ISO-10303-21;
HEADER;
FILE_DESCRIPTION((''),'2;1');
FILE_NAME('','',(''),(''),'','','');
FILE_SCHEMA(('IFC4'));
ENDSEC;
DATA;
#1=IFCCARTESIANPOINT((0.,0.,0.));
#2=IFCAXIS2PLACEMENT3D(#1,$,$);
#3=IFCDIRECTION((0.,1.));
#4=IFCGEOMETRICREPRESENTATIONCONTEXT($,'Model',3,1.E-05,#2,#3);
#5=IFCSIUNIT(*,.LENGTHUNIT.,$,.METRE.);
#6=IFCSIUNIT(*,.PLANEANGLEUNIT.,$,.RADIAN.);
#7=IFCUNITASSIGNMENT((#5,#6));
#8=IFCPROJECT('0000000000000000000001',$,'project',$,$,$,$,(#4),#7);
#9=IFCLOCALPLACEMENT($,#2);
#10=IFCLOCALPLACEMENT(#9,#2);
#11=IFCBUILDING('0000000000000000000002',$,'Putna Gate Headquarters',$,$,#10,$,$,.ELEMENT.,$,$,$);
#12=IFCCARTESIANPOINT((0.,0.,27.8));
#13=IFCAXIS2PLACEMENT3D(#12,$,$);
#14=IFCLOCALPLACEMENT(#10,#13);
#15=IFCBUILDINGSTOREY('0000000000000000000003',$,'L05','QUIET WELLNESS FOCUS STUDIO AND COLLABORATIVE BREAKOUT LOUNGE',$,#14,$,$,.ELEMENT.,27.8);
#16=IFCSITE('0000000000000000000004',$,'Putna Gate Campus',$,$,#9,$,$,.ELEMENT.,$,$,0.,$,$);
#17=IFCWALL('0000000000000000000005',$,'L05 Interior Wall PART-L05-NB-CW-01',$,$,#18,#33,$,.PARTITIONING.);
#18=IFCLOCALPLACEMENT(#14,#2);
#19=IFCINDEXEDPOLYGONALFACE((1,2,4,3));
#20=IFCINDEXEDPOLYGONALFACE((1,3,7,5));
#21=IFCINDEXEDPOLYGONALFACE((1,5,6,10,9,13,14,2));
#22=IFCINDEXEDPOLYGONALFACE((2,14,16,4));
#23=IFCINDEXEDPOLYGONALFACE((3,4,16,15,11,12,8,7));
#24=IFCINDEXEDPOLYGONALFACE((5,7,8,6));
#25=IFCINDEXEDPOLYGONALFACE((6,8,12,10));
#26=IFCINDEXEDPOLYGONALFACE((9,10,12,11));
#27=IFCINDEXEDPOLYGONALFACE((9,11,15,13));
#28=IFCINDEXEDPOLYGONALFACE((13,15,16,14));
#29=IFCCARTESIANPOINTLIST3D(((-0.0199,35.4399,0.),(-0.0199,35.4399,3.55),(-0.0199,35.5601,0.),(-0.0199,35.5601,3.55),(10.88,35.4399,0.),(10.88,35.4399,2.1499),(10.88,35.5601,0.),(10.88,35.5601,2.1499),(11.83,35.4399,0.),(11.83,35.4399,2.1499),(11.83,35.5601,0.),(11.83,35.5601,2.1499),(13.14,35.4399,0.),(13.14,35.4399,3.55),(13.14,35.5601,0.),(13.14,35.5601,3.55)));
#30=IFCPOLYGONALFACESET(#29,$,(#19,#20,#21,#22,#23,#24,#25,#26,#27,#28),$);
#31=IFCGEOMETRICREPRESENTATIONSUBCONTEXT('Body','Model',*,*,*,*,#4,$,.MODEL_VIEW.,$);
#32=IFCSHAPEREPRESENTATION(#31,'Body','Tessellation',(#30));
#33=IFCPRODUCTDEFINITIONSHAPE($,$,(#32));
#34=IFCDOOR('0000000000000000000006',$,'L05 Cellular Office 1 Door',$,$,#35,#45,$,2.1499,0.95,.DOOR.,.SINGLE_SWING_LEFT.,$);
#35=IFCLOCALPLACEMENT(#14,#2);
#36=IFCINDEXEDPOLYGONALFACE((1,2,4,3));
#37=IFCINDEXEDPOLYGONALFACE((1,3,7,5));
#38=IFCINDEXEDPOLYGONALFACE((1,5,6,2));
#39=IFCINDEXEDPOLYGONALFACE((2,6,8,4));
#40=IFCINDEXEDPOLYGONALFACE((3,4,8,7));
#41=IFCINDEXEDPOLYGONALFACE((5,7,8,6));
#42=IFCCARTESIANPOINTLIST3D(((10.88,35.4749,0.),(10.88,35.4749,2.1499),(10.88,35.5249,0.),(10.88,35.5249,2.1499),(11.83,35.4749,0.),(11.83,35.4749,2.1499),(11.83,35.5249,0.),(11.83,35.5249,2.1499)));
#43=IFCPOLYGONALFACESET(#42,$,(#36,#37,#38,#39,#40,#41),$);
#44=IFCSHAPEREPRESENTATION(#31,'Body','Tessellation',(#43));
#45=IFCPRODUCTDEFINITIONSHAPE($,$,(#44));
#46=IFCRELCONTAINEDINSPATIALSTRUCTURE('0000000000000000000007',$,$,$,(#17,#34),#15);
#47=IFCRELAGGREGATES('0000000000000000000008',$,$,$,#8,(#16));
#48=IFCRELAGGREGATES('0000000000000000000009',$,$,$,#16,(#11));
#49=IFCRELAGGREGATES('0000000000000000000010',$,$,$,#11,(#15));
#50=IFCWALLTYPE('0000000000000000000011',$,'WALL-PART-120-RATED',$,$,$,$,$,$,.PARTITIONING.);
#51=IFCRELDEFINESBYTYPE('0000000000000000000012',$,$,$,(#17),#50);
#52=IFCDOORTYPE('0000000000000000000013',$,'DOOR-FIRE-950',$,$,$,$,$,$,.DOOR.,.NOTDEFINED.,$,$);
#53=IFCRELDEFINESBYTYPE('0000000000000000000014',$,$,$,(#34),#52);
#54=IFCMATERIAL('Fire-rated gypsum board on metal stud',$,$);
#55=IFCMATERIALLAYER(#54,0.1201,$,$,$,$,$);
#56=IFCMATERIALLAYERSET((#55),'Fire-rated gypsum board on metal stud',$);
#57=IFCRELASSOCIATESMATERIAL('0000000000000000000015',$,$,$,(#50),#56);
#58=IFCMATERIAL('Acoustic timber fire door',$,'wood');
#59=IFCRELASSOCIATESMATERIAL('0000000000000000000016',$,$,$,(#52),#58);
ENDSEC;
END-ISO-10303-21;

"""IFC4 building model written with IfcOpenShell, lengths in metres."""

from ifc_helpers import new_model, si_unit, direction, frame, frame_2d, origin, place, context, subcontext, project, spatial, rectangle, extrude, material, layer, layer_set, type_object, element, fill, save


model = new_model("IFC4")

# Units and contexts
model_context = context("Model", 3, precision=1e-05, world=origin(), true_north=direction((0.0, 1.0)))
body_context = subcontext(model_context, "Body", "Model", "MODEL_VIEW")
ifc_project = project(units=[si_unit("LENGTHUNIT", "METRE"), si_unit("PLANEANGLEUNIT", "RADIAN")], contexts=[model_context])

# Site, building, storey
site_placement = place(None, origin())
site = spatial("IfcSite", under=ifc_project, at=site_placement, Name="Putna Gate Campus", CompositionType="ELEMENT", RefElevation=0.0)
building_placement = place(site_placement, origin())
building = spatial("IfcBuilding", under=site, at=building_placement, Name="Putna Gate Headquarters", CompositionType="ELEMENT")
storey_placement = place(building_placement, frame((0.0, 0.0, 27.8)))
storey = spatial("IfcBuildingStorey", under=building, at=storey_placement, Name="L05", Description="QUIET WELLNESS FOCUS STUDIO AND COLLABORATIVE BREAKOUT LOUNGE", CompositionType="ELEMENT", Elevation=27.8)

# Shared definitions
ifc_material_1 = material(Name="Fire-rated gypsum board on metal stud")
ifc_layer_1 = layer(ifc_material_1, 0.1201)
ifc_layer_set_1 = layer_set([ifc_layer_1], Name="Fire-rated gypsum board on metal stud")
wall_type_1 = type_object("IfcWallType", Name="WALL-PART-120-RATED", PredefinedType="PARTITIONING", material=ifc_layer_set_1)
ifc_material_2 = material(Name="Acoustic timber fire door", Category="wood")
door_type_1 = type_object("IfcDoorType", Name="DOOR-FIRE-950", OperationType="NOTDEFINED", PredefinedType="DOOR", material=ifc_material_2)

# Wall, opening, door
wall_1_placement = place(storey_placement, frame((-0.02, 35.5, 0.0), z_axis=(0.0, 0.0, 1.0), x_axis=(1.0, 0.0, 0.0)))
wall_1 = element("IfcWall", 1, at=wall_1_placement, inside=storey, type_object=wall_type_1, Name="L05 Interior Wall PART-L05-NB-CW-01", PredefinedType="PARTITIONING", context=body_context, shape_type="SweptSolid", body=[
    extrude(rectangle(XDim=13.1599, YDim=0.1201, at=frame_2d((6.5801, 0.0))), origin(), (0.0, 0.0, 1.0), 3.55),
])
opening_1_placement = place(wall_1_placement, frame((10.8999, 0.0, 0.0)))
opening_1 = element("IfcOpeningElement", 2, at=opening_1_placement, cuts=wall_1, PredefinedType="OPENING", context=body_context, shape_type="SweptSolid", body=[
    extrude(rectangle(XDim=0.95, YDim=2.1499, at=frame_2d((0.4751, 1.075))), frame((0.0, 0.0701, 0.0), z_axis=(0.0, -1.0, 0.0), x_axis=(1.0, 0.0, 0.0)), (0.0, 0.0, 1.0), 0.1401),
])
door_1_placement = place(opening_1_placement, origin())
door_1 = element("IfcDoor", 3, at=door_1_placement, inside=storey, type_object=door_type_1, Name="L05 Cellular Office 1 Door", OperationType="SINGLE_SWING_LEFT", OverallHeight=2.1499, OverallWidth=0.95, PredefinedType="DOOR", context=body_context, shape_type="SweptSolid", body=[
    extrude(rectangle(XDim=0.95, YDim=2.1499, at=frame_2d((0.4751, 1.075))), frame((0.0, 0.0249, 0.0), z_axis=(0.0, -1.0, 0.0), x_axis=(1.0, 0.0, 0.0)), (0.0, 0.0, 1.0), 0.05),
])
fill(opening_1, door_1)

save(model, "model.ifc")
